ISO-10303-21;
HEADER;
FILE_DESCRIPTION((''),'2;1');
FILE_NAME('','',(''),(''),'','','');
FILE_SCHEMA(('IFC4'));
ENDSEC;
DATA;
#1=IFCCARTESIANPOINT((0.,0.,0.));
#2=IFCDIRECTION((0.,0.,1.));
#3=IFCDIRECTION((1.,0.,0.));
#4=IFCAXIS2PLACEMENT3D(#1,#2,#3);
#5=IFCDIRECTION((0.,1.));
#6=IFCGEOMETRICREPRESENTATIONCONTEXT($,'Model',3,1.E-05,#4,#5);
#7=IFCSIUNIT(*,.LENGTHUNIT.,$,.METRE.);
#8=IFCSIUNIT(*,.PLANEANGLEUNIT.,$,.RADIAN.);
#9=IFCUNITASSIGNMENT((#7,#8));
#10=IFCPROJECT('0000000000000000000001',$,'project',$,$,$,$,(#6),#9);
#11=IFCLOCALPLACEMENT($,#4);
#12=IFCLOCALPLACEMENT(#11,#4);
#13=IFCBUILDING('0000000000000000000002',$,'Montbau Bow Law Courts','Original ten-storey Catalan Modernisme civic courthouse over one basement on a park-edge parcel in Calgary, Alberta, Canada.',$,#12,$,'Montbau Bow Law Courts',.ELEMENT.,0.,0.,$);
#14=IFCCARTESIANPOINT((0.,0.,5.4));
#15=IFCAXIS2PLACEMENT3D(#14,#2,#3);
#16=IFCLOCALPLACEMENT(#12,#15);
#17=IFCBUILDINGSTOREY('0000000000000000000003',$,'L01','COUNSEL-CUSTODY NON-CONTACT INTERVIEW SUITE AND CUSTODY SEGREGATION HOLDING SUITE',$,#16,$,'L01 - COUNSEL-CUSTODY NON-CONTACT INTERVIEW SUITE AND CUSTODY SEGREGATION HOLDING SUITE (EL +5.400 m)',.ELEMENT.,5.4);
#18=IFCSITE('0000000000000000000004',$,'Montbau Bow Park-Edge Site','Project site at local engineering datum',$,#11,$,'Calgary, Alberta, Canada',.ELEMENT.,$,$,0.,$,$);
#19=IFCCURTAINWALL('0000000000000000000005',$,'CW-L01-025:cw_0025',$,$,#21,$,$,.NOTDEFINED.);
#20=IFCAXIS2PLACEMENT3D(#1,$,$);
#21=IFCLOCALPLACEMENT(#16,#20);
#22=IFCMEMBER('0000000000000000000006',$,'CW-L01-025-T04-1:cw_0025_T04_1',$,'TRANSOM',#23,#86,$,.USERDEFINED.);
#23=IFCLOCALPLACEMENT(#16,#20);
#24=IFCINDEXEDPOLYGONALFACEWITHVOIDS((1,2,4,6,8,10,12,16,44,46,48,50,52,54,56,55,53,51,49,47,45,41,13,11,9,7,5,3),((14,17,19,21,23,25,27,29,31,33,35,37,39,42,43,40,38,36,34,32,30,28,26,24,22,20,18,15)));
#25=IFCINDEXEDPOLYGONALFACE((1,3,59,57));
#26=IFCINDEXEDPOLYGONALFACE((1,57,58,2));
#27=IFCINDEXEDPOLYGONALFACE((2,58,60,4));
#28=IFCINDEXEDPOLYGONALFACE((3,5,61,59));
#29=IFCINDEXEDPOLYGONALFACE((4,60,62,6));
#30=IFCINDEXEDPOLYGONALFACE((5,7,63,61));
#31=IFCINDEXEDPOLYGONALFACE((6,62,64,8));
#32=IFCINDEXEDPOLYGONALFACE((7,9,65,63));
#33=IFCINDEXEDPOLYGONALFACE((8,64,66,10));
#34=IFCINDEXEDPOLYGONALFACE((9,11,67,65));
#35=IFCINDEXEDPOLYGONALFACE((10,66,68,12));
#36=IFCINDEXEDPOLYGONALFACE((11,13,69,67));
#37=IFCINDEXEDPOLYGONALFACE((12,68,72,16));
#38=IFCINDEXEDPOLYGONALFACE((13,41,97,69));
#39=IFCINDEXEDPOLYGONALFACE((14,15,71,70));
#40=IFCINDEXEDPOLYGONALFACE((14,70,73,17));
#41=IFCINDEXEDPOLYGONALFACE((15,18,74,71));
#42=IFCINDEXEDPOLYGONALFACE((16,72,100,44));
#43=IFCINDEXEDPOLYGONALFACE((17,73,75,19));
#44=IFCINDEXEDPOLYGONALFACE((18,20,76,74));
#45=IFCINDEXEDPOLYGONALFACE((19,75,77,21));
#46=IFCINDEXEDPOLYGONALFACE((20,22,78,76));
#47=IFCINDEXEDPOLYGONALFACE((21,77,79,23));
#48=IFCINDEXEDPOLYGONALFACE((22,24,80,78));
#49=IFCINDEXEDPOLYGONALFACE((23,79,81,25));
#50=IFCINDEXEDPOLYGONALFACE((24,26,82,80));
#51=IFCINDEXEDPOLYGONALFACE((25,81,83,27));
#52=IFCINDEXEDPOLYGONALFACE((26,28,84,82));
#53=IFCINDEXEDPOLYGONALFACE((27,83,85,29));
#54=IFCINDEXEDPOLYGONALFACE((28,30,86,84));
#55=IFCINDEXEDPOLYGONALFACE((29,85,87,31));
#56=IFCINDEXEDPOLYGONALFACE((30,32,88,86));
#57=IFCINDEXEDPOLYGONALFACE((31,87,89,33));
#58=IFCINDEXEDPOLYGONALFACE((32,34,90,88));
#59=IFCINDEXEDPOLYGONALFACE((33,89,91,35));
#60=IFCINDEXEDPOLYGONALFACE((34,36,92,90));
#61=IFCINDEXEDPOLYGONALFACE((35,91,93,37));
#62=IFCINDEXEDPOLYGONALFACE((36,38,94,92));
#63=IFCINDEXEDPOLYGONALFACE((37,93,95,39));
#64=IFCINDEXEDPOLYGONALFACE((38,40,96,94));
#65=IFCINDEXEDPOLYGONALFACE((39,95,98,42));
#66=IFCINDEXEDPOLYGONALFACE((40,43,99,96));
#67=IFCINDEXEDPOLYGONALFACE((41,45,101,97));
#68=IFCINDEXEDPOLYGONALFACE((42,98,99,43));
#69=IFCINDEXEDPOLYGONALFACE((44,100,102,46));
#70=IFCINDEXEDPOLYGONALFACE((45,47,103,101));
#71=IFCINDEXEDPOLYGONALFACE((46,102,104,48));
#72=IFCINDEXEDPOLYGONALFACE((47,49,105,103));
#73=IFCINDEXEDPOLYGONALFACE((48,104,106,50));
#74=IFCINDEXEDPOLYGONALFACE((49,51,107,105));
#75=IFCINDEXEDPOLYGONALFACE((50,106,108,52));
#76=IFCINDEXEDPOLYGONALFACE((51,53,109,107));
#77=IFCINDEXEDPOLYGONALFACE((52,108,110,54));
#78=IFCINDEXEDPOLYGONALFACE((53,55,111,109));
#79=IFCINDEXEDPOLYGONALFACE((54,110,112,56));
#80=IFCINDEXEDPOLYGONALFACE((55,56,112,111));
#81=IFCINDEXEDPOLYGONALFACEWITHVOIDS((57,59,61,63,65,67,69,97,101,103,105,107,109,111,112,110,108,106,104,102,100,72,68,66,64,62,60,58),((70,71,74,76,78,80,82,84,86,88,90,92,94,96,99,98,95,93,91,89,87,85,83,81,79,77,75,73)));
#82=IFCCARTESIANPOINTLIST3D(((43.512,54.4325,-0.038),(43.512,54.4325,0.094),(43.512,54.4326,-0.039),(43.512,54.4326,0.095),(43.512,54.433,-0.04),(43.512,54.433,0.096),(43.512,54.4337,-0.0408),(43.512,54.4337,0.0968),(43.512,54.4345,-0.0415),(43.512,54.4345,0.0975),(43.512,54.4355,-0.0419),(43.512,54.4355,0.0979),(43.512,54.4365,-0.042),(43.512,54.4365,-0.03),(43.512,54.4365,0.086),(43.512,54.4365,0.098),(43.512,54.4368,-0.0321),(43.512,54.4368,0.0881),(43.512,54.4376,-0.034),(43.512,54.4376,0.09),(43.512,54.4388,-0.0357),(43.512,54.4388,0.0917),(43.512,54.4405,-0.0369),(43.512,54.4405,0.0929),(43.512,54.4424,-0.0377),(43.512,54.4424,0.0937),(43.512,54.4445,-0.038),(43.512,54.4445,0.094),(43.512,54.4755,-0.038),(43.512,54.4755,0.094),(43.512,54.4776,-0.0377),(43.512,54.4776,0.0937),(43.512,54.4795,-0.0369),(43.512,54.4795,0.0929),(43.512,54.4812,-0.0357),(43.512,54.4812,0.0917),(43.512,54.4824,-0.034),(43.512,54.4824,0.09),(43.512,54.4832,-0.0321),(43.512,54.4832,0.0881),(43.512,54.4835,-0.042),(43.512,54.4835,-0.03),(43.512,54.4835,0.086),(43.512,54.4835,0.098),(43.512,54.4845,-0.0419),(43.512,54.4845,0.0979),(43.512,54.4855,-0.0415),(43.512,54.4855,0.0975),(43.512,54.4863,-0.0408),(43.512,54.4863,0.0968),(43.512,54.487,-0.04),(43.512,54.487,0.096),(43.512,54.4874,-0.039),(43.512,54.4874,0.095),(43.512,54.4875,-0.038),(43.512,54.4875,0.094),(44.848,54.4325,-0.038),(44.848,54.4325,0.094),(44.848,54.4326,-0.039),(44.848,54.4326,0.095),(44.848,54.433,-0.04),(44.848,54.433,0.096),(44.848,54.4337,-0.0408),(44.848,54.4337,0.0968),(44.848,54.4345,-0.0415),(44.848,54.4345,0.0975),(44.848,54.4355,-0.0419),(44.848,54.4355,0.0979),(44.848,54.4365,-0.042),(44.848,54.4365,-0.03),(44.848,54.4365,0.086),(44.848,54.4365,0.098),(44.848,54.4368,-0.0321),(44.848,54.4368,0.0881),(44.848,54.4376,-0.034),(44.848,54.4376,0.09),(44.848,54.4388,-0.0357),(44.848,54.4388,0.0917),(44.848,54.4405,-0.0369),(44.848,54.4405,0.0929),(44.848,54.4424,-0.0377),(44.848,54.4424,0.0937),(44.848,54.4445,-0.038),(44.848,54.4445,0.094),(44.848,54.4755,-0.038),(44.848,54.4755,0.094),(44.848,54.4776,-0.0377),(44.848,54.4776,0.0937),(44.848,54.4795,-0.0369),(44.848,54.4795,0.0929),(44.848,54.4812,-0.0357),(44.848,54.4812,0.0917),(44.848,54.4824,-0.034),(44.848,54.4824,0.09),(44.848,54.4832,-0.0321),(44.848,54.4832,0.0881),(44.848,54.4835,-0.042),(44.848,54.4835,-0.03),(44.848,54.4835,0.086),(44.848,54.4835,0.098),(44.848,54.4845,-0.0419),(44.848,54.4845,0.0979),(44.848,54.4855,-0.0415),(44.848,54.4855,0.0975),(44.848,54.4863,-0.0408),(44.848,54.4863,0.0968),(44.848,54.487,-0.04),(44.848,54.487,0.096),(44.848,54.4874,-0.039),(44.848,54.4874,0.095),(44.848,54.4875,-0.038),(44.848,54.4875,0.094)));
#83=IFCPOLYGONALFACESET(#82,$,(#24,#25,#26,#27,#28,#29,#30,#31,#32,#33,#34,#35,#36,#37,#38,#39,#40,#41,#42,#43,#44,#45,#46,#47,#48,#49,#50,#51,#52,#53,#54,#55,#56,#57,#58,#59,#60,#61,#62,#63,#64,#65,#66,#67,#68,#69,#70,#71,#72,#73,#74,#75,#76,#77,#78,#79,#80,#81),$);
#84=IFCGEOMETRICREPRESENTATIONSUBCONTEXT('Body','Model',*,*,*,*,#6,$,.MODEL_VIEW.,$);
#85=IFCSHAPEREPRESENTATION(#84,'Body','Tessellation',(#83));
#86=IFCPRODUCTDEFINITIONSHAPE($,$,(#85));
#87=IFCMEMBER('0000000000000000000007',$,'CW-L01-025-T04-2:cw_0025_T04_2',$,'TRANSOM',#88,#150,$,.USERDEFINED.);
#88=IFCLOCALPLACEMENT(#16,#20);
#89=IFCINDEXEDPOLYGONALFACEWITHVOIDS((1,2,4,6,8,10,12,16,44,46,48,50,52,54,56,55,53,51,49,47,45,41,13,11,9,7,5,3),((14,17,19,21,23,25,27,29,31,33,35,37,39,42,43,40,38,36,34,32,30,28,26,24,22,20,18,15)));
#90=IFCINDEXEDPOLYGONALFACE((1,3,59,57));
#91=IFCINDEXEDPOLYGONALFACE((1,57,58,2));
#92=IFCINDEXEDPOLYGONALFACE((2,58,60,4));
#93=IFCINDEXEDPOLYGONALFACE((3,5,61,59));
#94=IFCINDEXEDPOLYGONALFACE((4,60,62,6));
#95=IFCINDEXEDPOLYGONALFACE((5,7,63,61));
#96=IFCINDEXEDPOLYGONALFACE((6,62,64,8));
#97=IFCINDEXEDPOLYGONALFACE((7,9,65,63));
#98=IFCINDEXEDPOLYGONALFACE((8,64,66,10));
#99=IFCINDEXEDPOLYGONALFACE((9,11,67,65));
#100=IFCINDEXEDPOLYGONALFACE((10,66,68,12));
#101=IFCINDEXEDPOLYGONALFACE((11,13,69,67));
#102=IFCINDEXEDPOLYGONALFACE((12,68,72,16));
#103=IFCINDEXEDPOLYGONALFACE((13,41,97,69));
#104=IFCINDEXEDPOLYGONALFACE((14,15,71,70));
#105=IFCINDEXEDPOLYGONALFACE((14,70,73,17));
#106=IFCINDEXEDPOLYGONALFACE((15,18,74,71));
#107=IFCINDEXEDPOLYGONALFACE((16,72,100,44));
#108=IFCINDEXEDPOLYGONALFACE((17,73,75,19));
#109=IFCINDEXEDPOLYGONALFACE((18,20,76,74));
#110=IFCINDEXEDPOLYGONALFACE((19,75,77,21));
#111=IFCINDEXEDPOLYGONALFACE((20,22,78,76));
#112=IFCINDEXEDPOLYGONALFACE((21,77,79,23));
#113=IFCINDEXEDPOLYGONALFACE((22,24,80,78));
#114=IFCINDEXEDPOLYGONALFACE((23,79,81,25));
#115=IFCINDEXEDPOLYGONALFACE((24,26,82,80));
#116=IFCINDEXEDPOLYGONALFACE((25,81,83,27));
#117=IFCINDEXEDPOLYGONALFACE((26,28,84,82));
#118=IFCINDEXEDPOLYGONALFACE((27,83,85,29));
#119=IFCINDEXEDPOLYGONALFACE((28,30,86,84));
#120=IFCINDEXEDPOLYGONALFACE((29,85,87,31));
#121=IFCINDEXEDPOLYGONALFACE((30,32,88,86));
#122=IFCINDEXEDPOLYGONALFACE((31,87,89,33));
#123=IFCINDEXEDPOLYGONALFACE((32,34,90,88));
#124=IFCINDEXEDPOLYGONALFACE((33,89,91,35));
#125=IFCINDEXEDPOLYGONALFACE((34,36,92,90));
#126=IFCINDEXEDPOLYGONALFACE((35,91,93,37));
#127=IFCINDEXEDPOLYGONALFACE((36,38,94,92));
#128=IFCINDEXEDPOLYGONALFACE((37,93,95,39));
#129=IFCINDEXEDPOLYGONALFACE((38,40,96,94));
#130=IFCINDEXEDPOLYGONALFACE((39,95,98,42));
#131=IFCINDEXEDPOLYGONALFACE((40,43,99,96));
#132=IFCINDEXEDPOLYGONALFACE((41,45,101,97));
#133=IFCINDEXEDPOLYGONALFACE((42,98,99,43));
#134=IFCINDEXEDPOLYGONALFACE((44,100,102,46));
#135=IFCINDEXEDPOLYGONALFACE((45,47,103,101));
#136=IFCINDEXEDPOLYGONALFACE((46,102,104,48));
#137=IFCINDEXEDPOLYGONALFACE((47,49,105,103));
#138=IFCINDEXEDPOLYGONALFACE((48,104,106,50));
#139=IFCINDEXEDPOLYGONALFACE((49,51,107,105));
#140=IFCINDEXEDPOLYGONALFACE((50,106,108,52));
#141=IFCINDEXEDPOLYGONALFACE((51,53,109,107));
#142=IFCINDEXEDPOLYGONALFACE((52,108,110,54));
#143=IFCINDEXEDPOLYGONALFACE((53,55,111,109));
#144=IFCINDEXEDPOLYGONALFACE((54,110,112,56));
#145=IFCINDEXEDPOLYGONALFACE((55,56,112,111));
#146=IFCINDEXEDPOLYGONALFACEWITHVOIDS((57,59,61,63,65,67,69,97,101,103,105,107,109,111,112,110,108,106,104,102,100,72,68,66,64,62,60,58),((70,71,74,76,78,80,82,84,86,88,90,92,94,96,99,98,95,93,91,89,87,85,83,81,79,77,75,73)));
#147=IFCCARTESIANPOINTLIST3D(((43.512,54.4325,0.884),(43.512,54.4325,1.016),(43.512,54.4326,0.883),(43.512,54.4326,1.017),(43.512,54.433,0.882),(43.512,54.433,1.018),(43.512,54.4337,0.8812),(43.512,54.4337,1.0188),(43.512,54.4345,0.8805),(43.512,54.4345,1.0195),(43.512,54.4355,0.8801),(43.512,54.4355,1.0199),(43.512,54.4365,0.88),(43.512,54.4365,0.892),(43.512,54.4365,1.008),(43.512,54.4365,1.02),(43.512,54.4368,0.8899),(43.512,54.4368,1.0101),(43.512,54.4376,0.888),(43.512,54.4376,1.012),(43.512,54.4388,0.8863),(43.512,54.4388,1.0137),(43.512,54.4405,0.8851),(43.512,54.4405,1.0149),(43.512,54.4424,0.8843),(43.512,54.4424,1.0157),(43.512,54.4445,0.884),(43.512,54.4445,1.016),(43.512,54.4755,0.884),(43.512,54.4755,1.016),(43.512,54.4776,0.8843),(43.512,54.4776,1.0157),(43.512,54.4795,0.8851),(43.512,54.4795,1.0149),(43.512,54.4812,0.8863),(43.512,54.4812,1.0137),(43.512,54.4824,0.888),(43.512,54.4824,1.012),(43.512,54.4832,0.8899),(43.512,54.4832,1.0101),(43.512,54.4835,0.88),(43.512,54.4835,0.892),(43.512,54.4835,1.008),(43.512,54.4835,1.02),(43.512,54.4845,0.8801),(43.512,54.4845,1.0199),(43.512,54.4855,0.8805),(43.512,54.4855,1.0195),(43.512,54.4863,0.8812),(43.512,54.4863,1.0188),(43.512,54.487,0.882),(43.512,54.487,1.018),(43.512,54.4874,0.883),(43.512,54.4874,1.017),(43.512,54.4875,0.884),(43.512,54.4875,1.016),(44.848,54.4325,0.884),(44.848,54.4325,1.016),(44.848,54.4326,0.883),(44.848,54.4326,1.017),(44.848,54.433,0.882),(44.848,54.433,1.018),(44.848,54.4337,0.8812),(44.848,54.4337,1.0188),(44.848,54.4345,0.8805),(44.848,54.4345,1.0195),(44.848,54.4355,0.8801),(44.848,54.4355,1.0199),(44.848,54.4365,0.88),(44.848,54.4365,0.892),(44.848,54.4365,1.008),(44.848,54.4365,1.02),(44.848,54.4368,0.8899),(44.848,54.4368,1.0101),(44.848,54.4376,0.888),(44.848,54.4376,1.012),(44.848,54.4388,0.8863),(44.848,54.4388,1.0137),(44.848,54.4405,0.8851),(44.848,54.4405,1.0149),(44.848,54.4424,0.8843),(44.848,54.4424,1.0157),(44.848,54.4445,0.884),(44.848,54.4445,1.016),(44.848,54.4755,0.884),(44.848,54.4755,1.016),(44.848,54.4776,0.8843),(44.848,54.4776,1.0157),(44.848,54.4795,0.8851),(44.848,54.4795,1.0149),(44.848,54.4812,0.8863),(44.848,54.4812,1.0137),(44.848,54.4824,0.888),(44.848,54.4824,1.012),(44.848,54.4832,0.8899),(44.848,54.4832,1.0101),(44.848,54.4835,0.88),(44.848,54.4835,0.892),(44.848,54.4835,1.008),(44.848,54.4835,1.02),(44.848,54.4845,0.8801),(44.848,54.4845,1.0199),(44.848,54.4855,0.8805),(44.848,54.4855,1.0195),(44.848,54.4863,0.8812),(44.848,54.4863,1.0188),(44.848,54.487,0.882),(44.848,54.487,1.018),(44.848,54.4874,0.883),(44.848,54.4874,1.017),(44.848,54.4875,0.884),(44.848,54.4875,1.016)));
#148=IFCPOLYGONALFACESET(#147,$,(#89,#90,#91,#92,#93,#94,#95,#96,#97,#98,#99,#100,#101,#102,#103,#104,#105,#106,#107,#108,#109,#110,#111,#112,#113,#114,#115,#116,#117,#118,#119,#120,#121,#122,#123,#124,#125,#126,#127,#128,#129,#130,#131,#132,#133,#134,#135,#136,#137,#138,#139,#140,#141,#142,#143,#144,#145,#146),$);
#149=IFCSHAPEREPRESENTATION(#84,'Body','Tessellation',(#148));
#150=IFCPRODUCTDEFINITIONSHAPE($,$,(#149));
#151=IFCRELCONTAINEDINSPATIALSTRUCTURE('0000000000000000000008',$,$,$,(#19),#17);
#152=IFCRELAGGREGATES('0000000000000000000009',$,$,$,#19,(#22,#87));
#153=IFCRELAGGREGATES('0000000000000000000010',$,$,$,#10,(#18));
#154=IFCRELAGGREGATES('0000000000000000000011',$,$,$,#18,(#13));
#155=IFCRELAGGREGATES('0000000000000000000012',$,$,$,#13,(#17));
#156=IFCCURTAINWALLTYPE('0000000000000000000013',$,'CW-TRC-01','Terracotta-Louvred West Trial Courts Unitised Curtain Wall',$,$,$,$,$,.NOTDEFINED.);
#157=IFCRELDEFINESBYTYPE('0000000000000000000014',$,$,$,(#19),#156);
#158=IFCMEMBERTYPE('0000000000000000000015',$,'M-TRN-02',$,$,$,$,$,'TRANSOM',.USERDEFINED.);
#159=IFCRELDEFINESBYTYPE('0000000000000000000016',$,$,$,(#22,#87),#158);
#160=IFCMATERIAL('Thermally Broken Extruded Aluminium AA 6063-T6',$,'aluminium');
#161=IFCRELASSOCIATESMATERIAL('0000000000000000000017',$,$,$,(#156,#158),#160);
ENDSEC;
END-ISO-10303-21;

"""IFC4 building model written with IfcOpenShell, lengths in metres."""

from ifc_helpers import new_model, si_unit, direction, frame, origin_with_axes, origin_2d_with_axis, place, context, subcontext, project, spatial, hollow_rectangle, extrude, material, material_profile, profile_set, type_object, element, aggregate, save


model = new_model("IFC4")

# Units and contexts
model_context = context("Model", 3, precision=1e-05, world=origin_with_axes(), true_north=direction((0.0, 1.0)))
body_context = subcontext(model_context, "Body", "Model", "MODEL_VIEW")
ifc_project = project(units=[si_unit("LENGTHUNIT", "METRE"), si_unit("PLANEANGLEUNIT", "RADIAN")], contexts=[model_context])

# Site, building, storey
site_placement = place(None, origin_with_axes())
site = spatial("IfcSite", under=ifc_project, at=site_placement, Name="Montbau Bow Park-Edge Site", Description="Project site at local engineering datum", LongName="Calgary, Alberta, Canada", CompositionType="ELEMENT", RefElevation=0.0)
building_placement = place(site_placement, origin_with_axes())
building = spatial("IfcBuilding", under=site, at=building_placement, Name="Montbau Bow Law Courts", Description="Original ten-storey Catalan Modernisme civic courthouse over one basement on a park-edge parcel in Calgary, Alberta, Canada.", LongName="Montbau Bow Law Courts", CompositionType="ELEMENT", ElevationOfRefHeight=0.0, ElevationOfTerrain=0.0)
storey_placement = place(building_placement, frame((0.0, 0.0, 5.4), z_axis=(0.0, 0.0, 1.0), x_axis=(1.0, 0.0, 0.0)))
storey = spatial("IfcBuildingStorey", under=building, at=storey_placement, Name="L01", Description="COUNSEL-CUSTODY NON-CONTACT INTERVIEW SUITE AND CUSTODY SEGREGATION HOLDING SUITE", LongName="L01 - COUNSEL-CUSTODY NON-CONTACT INTERVIEW SUITE AND CUSTODY SEGREGATION HOLDING SUITE (EL +5.400 m)", CompositionType="ELEMENT", Elevation=5.4)

# Curtain wall, members
ifc_material_1 = material(Name="Thermally Broken Extruded Aluminium AA 6063-T6", Category="aluminium")
curtain_wall_type = type_object("IfcCurtainWallType", Name="CW-TRC-01", Description="Terracotta-Louvred West Trial Courts Unitised Curtain Wall", PredefinedType="NOTDEFINED", material=ifc_material_1)
curtain_wall_placement = place(None, frame((39.268, 54.46, 5.4), z_axis=(0.0, 0.0, 1.0), x_axis=(1.0, 0.0, 0.0)))
curtain_wall = element("IfcCurtainWall", 1, at=curtain_wall_placement, inside=storey, type_object=curtain_wall_type, Name="CW-L01-025:cw_0025", PredefinedType="NOTDEFINED")
ifc_material_profile_1 = material_profile(ifc_material_1, hollow_rectangle(XDim=0.055, YDim=0.14, WallThickness=0.004, InnerFilletRadius=0.008, OuterFilletRadius=0.004, at=origin_2d_with_axis()), Name="CWT-140X55", Category="Main", Priority=0)
ifc_profile_set_1 = profile_set([ifc_material_profile_1], Name="Thermally Broken Extruded Aluminium AA 6063-T6")
member_type_1 = type_object("IfcMemberType", Name="M-TRN-02", ElementType="TRANSOM", PredefinedType="USERDEFINED", material=ifc_profile_set_1)
member_1_placement = place(None, frame((43.512, 54.46, 5.428), z_axis=(1.0, 0.0, 0.0), x_axis=(0.0, 1.0, 0.0)))
member_1 = element("IfcMember", 2, at=member_1_placement, type_object=member_type_1, Name="CW-L01-025-T04-1:cw_0025_T04_1", ObjectType="TRANSOM", PredefinedType="USERDEFINED", context=body_context, shape_type="SweptSolid", body=[
    extrude(hollow_rectangle(XDim=0.055, YDim=0.14, WallThickness=0.004, InnerFilletRadius=0.008, OuterFilletRadius=0.004, at=origin_2d_with_axis()), origin_with_axes(), (0.0, 0.0, 1.0), 1.336),
])
member_2_placement = place(None, frame((43.512, 54.46, 6.35), z_axis=(1.0, 0.0, 0.0), x_axis=(0.0, 1.0, 0.0)))
member_2 = element("IfcMember", 3, at=member_2_placement, type_object=member_type_1, Name="CW-L01-025-T04-2:cw_0025_T04_2", ObjectType="TRANSOM", PredefinedType="USERDEFINED", context=body_context, shape_type="SweptSolid", body=[
    extrude(hollow_rectangle(XDim=0.055, YDim=0.14, WallThickness=0.004, InnerFilletRadius=0.008, OuterFilletRadius=0.004, at=origin_2d_with_axis()), origin_with_axes(), (0.0, 0.0, 1.0), 1.336),
])
aggregate(curtain_wall, [member_1, member_2])

save(model, "model.ifc")
